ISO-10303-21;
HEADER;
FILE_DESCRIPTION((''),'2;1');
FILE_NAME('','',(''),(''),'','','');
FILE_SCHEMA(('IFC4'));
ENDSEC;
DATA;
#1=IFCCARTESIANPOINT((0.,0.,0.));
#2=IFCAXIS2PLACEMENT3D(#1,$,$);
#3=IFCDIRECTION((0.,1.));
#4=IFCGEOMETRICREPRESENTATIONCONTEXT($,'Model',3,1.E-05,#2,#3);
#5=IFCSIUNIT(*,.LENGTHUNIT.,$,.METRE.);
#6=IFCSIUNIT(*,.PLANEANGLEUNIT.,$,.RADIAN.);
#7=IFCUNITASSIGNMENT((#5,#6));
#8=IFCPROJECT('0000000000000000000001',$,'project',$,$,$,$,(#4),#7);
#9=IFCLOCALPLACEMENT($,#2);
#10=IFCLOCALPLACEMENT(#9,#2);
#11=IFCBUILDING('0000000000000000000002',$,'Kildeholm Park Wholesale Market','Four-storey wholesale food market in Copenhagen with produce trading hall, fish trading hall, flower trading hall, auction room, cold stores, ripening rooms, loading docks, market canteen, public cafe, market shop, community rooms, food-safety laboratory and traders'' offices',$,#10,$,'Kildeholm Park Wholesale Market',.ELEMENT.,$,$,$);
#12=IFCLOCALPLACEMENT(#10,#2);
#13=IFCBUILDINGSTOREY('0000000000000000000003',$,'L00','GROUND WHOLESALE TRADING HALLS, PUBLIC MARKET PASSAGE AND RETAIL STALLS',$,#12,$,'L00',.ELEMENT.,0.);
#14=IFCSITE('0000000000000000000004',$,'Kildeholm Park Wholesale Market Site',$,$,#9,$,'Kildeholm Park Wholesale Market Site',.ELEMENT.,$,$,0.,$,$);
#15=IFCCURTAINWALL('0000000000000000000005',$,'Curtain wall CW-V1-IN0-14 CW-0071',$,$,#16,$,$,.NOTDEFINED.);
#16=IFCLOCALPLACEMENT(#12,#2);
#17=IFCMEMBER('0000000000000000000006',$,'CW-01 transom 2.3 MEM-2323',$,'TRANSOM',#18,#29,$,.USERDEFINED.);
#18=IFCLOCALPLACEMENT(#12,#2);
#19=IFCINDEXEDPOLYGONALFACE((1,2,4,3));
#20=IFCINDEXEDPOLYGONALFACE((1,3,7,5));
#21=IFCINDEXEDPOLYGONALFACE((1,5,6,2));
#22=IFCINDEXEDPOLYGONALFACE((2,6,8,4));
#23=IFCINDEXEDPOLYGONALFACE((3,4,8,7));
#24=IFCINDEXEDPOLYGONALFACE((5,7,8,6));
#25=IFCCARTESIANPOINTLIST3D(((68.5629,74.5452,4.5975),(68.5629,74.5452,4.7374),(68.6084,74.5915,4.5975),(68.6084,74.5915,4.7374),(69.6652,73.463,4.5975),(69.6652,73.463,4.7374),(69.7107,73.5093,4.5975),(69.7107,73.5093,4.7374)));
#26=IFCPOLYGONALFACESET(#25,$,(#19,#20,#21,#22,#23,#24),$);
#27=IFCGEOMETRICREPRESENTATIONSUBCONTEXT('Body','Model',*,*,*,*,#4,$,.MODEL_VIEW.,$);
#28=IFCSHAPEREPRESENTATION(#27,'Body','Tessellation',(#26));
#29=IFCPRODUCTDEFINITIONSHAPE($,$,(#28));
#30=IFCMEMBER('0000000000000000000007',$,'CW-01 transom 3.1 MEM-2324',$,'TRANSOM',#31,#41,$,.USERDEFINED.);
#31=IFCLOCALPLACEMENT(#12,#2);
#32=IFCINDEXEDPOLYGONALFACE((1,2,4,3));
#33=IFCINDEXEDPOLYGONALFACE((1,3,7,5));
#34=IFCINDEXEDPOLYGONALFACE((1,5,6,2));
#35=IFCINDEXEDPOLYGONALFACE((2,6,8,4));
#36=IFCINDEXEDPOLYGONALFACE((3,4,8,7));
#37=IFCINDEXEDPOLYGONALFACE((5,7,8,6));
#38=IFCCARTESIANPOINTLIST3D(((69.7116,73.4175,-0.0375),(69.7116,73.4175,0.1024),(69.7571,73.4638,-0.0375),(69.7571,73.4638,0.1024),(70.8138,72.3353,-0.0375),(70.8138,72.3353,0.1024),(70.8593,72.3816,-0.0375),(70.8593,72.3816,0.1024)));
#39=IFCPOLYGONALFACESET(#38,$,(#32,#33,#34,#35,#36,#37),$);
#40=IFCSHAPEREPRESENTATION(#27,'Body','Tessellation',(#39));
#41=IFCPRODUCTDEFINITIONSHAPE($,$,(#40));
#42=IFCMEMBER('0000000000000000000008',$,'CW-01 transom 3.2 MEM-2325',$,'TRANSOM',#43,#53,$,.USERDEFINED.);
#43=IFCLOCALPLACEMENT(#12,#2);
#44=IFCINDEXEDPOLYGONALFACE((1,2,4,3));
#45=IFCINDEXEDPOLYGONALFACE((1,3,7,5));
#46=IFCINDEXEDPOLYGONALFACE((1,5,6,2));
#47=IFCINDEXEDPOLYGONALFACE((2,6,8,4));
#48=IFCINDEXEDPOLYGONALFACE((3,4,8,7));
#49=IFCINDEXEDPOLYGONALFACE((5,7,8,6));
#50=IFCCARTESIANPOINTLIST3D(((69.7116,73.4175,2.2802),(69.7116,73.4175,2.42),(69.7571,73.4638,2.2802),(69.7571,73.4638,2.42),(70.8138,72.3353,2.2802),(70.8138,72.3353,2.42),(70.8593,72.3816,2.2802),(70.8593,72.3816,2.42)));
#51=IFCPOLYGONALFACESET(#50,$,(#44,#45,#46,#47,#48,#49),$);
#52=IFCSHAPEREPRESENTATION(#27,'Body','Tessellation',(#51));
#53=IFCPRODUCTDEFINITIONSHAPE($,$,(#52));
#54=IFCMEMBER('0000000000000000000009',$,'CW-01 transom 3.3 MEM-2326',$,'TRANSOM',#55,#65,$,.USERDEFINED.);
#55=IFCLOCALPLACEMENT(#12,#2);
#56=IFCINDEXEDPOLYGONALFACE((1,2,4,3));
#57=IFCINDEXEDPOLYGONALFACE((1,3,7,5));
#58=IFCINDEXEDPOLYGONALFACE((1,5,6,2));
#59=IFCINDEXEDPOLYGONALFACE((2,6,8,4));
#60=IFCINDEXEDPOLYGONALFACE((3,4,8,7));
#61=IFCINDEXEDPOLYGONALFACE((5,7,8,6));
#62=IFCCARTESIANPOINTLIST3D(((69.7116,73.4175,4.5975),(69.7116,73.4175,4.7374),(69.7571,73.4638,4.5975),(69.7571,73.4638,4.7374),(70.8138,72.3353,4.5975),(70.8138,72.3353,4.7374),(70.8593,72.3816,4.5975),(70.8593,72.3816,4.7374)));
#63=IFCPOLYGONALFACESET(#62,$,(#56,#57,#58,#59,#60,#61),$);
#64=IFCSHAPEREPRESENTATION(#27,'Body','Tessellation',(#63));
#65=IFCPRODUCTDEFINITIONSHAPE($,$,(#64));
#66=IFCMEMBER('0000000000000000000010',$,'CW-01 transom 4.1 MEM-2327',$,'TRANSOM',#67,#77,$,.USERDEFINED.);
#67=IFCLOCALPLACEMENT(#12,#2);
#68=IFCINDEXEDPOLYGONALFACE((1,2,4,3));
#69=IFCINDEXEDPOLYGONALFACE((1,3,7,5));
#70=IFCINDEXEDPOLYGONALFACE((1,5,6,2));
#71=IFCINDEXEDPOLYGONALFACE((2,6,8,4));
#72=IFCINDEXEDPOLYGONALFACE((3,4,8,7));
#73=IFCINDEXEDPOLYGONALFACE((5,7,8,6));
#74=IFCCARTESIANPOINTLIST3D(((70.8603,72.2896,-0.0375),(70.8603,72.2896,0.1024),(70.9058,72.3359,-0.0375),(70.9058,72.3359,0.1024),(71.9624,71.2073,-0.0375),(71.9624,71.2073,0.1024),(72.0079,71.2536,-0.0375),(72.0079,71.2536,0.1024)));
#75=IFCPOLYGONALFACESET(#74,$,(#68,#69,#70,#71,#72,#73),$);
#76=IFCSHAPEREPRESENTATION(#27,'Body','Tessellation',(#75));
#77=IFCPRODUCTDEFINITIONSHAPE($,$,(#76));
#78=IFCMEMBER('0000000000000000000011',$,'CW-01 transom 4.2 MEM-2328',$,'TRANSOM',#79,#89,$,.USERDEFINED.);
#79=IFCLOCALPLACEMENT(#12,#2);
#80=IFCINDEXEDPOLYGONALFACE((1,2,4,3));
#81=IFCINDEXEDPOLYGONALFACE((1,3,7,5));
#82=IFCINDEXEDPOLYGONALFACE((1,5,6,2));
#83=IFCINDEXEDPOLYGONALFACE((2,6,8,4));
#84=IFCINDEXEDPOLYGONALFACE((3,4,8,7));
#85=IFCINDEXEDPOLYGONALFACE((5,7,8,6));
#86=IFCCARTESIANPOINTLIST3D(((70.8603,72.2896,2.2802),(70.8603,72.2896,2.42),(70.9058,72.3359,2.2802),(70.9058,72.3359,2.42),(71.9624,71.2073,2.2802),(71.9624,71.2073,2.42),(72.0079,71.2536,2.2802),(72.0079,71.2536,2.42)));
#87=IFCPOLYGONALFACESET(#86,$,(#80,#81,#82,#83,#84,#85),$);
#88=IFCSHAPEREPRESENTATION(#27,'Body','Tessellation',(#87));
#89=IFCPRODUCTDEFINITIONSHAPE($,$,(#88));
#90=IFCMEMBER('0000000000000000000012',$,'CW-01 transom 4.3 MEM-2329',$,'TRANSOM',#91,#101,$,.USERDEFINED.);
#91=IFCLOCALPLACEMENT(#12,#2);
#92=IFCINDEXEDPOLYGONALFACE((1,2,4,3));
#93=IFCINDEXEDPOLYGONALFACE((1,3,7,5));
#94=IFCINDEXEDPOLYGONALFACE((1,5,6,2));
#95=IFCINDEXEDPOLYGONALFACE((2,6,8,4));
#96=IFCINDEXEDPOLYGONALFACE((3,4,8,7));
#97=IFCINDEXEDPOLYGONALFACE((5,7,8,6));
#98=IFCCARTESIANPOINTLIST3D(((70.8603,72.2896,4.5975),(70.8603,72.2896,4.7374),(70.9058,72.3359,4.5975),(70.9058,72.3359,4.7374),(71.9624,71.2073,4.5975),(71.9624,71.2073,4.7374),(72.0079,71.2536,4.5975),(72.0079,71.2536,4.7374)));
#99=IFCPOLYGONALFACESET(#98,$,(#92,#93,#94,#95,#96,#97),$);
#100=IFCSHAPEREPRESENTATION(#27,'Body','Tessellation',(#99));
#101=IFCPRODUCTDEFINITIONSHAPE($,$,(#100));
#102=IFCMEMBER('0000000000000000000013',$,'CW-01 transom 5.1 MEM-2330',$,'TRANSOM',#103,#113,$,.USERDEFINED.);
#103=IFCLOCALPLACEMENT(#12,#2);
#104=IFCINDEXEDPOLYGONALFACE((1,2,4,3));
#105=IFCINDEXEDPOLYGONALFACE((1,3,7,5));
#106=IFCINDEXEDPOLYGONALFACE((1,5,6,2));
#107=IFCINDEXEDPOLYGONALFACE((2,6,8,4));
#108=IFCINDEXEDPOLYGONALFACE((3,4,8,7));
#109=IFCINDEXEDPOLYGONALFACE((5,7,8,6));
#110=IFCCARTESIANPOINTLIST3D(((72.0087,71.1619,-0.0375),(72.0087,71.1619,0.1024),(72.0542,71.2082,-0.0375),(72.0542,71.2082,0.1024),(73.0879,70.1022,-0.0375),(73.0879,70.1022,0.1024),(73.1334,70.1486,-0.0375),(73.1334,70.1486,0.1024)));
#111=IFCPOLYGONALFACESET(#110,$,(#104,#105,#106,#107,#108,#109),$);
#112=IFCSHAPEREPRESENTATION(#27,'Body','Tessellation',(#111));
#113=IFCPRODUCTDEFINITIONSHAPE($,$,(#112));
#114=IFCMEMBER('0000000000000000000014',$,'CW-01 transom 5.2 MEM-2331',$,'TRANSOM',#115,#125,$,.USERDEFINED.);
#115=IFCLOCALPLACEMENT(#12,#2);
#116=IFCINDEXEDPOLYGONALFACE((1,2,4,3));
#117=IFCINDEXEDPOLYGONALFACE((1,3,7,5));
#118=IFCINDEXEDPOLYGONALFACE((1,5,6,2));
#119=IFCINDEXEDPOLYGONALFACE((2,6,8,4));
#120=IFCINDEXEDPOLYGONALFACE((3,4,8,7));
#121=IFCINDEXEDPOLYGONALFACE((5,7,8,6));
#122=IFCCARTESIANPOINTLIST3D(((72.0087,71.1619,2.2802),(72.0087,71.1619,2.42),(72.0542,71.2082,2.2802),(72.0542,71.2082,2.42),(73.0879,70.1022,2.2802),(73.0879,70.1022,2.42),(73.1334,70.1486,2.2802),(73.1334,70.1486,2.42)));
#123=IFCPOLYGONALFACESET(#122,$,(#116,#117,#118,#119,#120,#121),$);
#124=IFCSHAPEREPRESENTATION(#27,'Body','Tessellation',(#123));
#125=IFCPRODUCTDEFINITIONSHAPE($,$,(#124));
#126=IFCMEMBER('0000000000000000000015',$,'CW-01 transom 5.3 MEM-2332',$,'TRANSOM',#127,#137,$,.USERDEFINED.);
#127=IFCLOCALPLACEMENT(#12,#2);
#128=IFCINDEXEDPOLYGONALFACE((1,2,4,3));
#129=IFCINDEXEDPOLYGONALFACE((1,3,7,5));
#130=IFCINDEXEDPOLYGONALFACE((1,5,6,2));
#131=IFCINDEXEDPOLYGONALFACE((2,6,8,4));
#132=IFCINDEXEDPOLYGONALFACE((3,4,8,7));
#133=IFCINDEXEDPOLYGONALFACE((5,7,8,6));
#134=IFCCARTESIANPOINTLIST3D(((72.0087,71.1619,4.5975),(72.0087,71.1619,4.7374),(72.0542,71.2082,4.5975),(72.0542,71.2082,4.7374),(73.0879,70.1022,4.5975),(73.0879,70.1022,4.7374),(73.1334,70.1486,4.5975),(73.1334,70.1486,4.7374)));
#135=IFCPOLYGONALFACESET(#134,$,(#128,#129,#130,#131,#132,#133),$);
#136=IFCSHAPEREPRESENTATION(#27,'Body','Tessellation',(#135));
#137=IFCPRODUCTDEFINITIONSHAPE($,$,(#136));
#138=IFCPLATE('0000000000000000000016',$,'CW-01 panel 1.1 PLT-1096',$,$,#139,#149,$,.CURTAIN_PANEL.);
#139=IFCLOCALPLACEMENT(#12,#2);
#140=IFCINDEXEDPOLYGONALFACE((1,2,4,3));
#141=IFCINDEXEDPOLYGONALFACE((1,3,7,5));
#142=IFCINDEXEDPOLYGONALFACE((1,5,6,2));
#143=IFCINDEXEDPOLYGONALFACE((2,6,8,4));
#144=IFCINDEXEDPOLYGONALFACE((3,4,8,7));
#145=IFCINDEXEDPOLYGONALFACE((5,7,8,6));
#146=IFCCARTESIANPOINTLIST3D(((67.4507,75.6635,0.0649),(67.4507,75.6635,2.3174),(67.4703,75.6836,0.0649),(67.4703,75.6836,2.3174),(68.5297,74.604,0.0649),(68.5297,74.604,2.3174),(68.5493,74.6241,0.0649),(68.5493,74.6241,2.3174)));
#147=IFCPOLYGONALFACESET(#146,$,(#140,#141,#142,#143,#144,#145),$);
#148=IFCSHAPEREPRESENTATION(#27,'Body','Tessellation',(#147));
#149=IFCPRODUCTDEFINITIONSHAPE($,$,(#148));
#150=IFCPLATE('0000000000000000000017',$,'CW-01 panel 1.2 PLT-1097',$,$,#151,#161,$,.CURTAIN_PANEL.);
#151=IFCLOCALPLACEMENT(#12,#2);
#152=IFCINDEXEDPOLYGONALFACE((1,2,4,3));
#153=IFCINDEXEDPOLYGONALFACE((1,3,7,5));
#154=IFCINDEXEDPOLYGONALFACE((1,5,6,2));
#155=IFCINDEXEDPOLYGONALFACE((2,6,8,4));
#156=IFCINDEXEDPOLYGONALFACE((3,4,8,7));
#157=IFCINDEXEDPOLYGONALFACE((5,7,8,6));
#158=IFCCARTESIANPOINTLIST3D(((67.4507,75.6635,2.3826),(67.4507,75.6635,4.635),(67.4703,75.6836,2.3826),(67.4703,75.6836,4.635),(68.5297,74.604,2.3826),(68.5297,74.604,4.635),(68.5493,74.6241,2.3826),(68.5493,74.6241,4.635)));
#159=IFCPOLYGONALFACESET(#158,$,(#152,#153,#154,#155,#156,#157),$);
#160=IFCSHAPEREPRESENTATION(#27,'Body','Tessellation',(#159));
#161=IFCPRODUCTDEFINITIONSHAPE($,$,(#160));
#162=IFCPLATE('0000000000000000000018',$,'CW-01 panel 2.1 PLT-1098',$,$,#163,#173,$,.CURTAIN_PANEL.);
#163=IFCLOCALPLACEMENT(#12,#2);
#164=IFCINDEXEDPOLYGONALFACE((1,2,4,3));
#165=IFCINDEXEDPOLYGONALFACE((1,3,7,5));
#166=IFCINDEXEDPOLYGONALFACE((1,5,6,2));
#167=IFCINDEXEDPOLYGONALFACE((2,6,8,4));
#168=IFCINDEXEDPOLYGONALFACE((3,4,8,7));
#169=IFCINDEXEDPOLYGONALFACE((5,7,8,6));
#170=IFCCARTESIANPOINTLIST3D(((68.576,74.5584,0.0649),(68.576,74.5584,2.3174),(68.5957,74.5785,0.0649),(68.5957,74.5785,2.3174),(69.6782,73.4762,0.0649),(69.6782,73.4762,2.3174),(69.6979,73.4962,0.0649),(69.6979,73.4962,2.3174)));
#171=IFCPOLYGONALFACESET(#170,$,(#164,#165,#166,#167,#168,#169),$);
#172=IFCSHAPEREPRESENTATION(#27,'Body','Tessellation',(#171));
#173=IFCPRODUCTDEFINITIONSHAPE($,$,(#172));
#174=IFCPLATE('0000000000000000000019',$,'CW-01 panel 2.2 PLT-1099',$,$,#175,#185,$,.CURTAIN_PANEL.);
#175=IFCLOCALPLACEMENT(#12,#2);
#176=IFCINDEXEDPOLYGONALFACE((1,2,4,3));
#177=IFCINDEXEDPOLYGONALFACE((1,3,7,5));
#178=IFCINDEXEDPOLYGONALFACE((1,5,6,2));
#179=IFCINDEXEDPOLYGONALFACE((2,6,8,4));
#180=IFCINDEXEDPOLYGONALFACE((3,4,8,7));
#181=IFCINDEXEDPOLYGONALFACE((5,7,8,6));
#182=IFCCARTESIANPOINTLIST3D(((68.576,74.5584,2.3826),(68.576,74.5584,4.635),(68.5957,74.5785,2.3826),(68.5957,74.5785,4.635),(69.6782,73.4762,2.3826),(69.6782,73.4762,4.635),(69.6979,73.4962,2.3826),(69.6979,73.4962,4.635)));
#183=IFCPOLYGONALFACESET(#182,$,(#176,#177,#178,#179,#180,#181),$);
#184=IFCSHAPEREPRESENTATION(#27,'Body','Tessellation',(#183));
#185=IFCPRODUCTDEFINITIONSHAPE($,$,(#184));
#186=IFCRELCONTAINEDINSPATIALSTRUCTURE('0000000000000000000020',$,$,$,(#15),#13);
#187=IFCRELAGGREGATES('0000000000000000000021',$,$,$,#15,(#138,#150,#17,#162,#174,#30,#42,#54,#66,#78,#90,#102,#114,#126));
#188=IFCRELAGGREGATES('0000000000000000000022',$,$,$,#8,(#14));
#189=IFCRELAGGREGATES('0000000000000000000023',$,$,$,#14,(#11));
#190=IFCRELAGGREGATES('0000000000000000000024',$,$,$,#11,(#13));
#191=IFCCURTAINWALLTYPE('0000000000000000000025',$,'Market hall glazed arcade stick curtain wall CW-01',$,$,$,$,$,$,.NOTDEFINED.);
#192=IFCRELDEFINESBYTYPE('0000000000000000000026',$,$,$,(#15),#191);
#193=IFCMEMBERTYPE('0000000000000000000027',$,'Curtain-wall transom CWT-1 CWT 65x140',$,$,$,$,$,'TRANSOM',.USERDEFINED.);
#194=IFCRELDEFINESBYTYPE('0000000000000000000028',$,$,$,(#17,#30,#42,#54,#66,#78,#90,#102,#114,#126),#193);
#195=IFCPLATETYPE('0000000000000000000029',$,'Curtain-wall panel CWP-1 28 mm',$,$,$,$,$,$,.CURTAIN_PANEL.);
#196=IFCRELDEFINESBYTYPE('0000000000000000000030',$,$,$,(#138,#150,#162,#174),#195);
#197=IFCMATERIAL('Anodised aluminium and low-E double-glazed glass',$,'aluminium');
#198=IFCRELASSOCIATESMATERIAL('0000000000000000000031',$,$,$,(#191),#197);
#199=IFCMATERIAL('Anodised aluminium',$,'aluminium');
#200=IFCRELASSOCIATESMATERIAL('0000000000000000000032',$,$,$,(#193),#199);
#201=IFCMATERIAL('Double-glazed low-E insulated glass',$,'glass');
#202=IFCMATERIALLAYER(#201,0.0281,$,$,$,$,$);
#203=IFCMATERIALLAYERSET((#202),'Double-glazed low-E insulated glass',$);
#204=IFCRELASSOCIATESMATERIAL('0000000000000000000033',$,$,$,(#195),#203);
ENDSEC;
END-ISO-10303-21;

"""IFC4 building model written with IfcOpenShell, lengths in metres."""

from ifc_helpers import new_model, si_unit, direction, frame, origin, origin_2d, place, context, subcontext, project, spatial, rectangle, extrude, material, layer, layer_set, material_profile, profile_set, type_object, element, aggregate, save


model = new_model("IFC4")

# Units and contexts
model_context = context("Model", 3, precision=1e-05, world=origin(), true_north=direction((0.0, 1.0)))
body_context = subcontext(model_context, "Body", "Model", "MODEL_VIEW")
ifc_project = project(units=[si_unit("LENGTHUNIT", "METRE"), si_unit("PLANEANGLEUNIT", "RADIAN")], contexts=[model_context])

# Site, building, storey
site_placement = place(None, origin())
site = spatial("IfcSite", under=ifc_project, at=site_placement, Name="Kildeholm Park Wholesale Market Site", LongName="Kildeholm Park Wholesale Market Site", CompositionType="ELEMENT", RefElevation=0.0)
building_placement = place(site_placement, origin())
building = spatial("IfcBuilding", under=site, at=building_placement, Name="Kildeholm Park Wholesale Market", Description="Four-storey wholesale food market in Copenhagen with produce trading hall, fish trading hall, flower trading hall, auction room, cold stores, ripening rooms, loading docks, market canteen, public cafe, market shop, community rooms, food-safety laboratory and traders' offices", LongName="Kildeholm Park Wholesale Market", CompositionType="ELEMENT")
storey_placement = place(building_placement, origin())
storey = spatial("IfcBuildingStorey", under=building, at=storey_placement, Name="L00", Description="GROUND WHOLESALE TRADING HALLS, PUBLIC MARKET PASSAGE AND RETAIL STALLS", LongName="L00", CompositionType="ELEMENT", Elevation=0.0)

# Curtain wall, members, plates
ifc_material_1 = material(Name="Anodised aluminium and low-E double-glazed glass", Category="aluminium")
curtain_wall_type = type_object("IfcCurtainWallType", Name="Market hall glazed arcade stick curtain wall CW-01", PredefinedType="NOTDEFINED", material=ifc_material_1)
curtain_wall_placement = place(storey_placement, origin())
curtain_wall = element("IfcCurtainWall", 1, at=curtain_wall_placement, inside=storey, type_object=curtain_wall_type, Name="Curtain wall CW-V1-IN0-14 CW-0071", PredefinedType="NOTDEFINED")
ifc_material_2 = material(Name="Anodised aluminium", Category="aluminium")
ifc_material_profile_1 = material_profile(ifc_material_2, rectangle(XDim=0.0649, YDim=0.1399, at=origin_2d()), Name="CWT 65x140")
ifc_profile_set_1 = profile_set([ifc_material_profile_1], Name="Anodised aluminium")
member_type_1 = type_object("IfcMemberType", Name="Curtain-wall transom CWT-1 CWT 65x140", ElementType="TRANSOM", PredefinedType="USERDEFINED", material=ifc_profile_set_1)
member_1_placement = place(storey_placement, frame((68.5857, 74.5684, 4.6675), z_axis=(0.713557, -0.700597, 0.0), x_axis=(0.700597, 0.713557, 0.0)))
member_1 = element("IfcMember", 2, at=member_1_placement, type_object=member_type_1, Name="CW-01 transom 2.3 MEM-2323", ObjectType="TRANSOM", PredefinedType="USERDEFINED", context=body_context, shape_type="SweptSolid", body=[
    extrude(rectangle(XDim=0.0649, YDim=0.1399, at=origin_2d()), origin(), (0.0, 0.0, 1.0), 1.5447),
])
member_2_placement = place(storey_placement, frame((69.7344, 73.4407, 0.0325), z_axis=(0.713557, -0.700597, 0.0), x_axis=(0.700597, 0.713557, 0.0)))
member_2 = element("IfcMember", 3, at=member_2_placement, type_object=member_type_1, Name="CW-01 transom 3.1 MEM-2324", ObjectType="TRANSOM", PredefinedType="USERDEFINED", context=body_context, shape_type="SweptSolid", body=[
    extrude(rectangle(XDim=0.0649, YDim=0.1399, at=origin_2d()), origin(), (0.0, 0.0, 1.0), 1.5447),
])
member_3_placement = place(storey_placement, frame((69.7344, 73.4407, 2.3501), z_axis=(0.713557, -0.700597, 0.0), x_axis=(0.700597, 0.713557, 0.0)))
member_3 = element("IfcMember", 4, at=member_3_placement, type_object=member_type_1, Name="CW-01 transom 3.2 MEM-2325", ObjectType="TRANSOM", PredefinedType="USERDEFINED", context=body_context, shape_type="SweptSolid", body=[
    extrude(rectangle(XDim=0.0649, YDim=0.1399, at=origin_2d()), origin(), (0.0, 0.0, 1.0), 1.5447),
])
member_4_placement = place(storey_placement, frame((69.7344, 73.4407, 4.6675), z_axis=(0.713557, -0.700597, 0.0), x_axis=(0.700597, 0.713557, 0.0)))
member_4 = element("IfcMember", 5, at=member_4_placement, type_object=member_type_1, Name="CW-01 transom 3.3 MEM-2326", ObjectType="TRANSOM", PredefinedType="USERDEFINED", context=body_context, shape_type="SweptSolid", body=[
    extrude(rectangle(XDim=0.0649, YDim=0.1399, at=origin_2d()), origin(), (0.0, 0.0, 1.0), 1.5447),
])
member_5_placement = place(storey_placement, frame((70.8831, 72.3127, 0.0325), z_axis=(0.713479, -0.700676, 0.0), x_axis=(0.700676, 0.713479, 0.0)))
member_5 = element("IfcMember", 6, at=member_5_placement, type_object=member_type_1, Name="CW-01 transom 4.1 MEM-2327", ObjectType="TRANSOM", PredefinedType="USERDEFINED", context=body_context, shape_type="SweptSolid", body=[
    extrude(rectangle(XDim=0.0649, YDim=0.1399, at=origin_2d()), origin(), (0.0, 0.0, 1.0), 1.5447),
])
member_6_placement = place(storey_placement, frame((70.8831, 72.3127, 2.3501), z_axis=(0.713479, -0.700676, 0.0), x_axis=(0.700676, 0.713479, 0.0)))
member_6 = element("IfcMember", 7, at=member_6_placement, type_object=member_type_1, Name="CW-01 transom 4.2 MEM-2328", ObjectType="TRANSOM", PredefinedType="USERDEFINED", context=body_context, shape_type="SweptSolid", body=[
    extrude(rectangle(XDim=0.0649, YDim=0.1399, at=origin_2d()), origin(), (0.0, 0.0, 1.0), 1.5447),
])
member_7_placement = place(storey_placement, frame((70.8831, 72.3127, 4.6675), z_axis=(0.713479, -0.700676, 0.0), x_axis=(0.700676, 0.713479, 0.0)))
member_7 = element("IfcMember", 8, at=member_7_placement, type_object=member_type_1, Name="CW-01 transom 4.3 MEM-2329", ObjectType="TRANSOM", PredefinedType="USERDEFINED", context=body_context, shape_type="SweptSolid", body=[
    extrude(rectangle(XDim=0.0649, YDim=0.1399, at=origin_2d()), origin(), (0.0, 0.0, 1.0), 1.5447),
])
member_8_placement = place(storey_placement, frame((72.0315, 71.1851, 0.0325), z_axis=(0.713535, -0.70062, 0.0), x_axis=(0.70062, 0.713535, 0.0)))
member_8 = element("IfcMember", 9, at=member_8_placement, type_object=member_type_1, Name="CW-01 transom 5.1 MEM-2330", ObjectType="TRANSOM", PredefinedType="USERDEFINED", context=body_context, shape_type="SweptSolid", body=[
    extrude(rectangle(XDim=0.0649, YDim=0.1399, at=origin_2d()), origin(), (0.0, 0.0, 1.0), 1.5125),
])
member_9_placement = place(storey_placement, frame((72.0315, 71.1851, 2.3501), z_axis=(0.713535, -0.70062, 0.0), x_axis=(0.70062, 0.713535, 0.0)))
member_9 = element("IfcMember", 10, at=member_9_placement, type_object=member_type_1, Name="CW-01 transom 5.2 MEM-2331", ObjectType="TRANSOM", PredefinedType="USERDEFINED", context=body_context, shape_type="SweptSolid", body=[
    extrude(rectangle(XDim=0.0649, YDim=0.1399, at=origin_2d()), origin(), (0.0, 0.0, 1.0), 1.5125),
])
member_10_placement = place(storey_placement, frame((72.0315, 71.1851, 4.6675), z_axis=(0.713535, -0.70062, 0.0), x_axis=(0.70062, 0.713535, 0.0)))
member_10 = element("IfcMember", 11, at=member_10_placement, type_object=member_type_1, Name="CW-01 transom 5.3 MEM-2332", ObjectType="TRANSOM", PredefinedType="USERDEFINED", context=body_context, shape_type="SweptSolid", body=[
    extrude(rectangle(XDim=0.0649, YDim=0.1399, at=origin_2d()), origin(), (0.0, 0.0, 1.0), 1.5125),
])
ifc_material_3 = material(Name="Double-glazed low-E insulated glass", Category="glass")
ifc_layer_1 = layer(ifc_material_3, 0.0281)
ifc_layer_set_1 = layer_set([ifc_layer_1], Name="Double-glazed low-E insulated glass")
plate_type = type_object("IfcPlateType", Name="Curtain-wall panel CWP-1 28 mm", PredefinedType="CURTAIN_PANEL", material=ifc_layer_set_1)
plate_1_placement = place(storey_placement, frame((68.0, 75.1438, 0.0649), z_axis=(0.0, 0.0, 1.0), x_axis=(0.713538, -0.700617, 0.0)))
plate_1 = element("IfcPlate", 12, at=plate_1_placement, type_object=plate_type, Name="CW-01 panel 1.1 PLT-1096", PredefinedType="CURTAIN_PANEL", context=body_context, shape_type="SweptSolid", body=[
    extrude(rectangle(XDim=1.5122, YDim=0.0281, at=origin_2d()), origin(), (0.0, 0.0, 1.0), 2.2524),
])
plate_2_placement = place(storey_placement, frame((68.0, 75.1438, 2.3826), z_axis=(0.0, 0.0, 1.0), x_axis=(0.713538, -0.700617, 0.0)))
plate_2 = element("IfcPlate", 13, at=plate_2_placement, type_object=plate_type, Name="CW-01 panel 1.2 PLT-1097", PredefinedType="CURTAIN_PANEL", context=body_context, shape_type="SweptSolid", body=[
    extrude(rectangle(XDim=1.5122, YDim=0.0281, at=origin_2d()), origin(), (0.0, 0.0, 1.0), 2.2524),
])
plate_3_placement = place(storey_placement, frame((69.137, 74.0273, 0.0649), z_axis=(0.0, 0.0, 1.0), x_axis=(0.713538, -0.700617, 0.0)))
plate_3 = element("IfcPlate", 14, at=plate_3_placement, type_object=plate_type, Name="CW-01 panel 2.1 PLT-1098", PredefinedType="CURTAIN_PANEL", context=body_context, shape_type="SweptSolid", body=[
    extrude(rectangle(XDim=1.5447, YDim=0.0281, at=origin_2d()), origin(), (0.0, 0.0, 1.0), 2.2524),
])
plate_4_placement = place(storey_placement, frame((69.137, 74.0273, 2.3826), z_axis=(0.0, 0.0, 1.0), x_axis=(0.713538, -0.700617, 0.0)))
plate_4 = element("IfcPlate", 15, at=plate_4_placement, type_object=plate_type, Name="CW-01 panel 2.2 PLT-1099", PredefinedType="CURTAIN_PANEL", context=body_context, shape_type="SweptSolid", body=[
    extrude(rectangle(XDim=1.5447, YDim=0.0281, at=origin_2d()), origin(), (0.0, 0.0, 1.0), 2.2524),
])
aggregate(curtain_wall, [plate_1, plate_2, member_1, plate_3, plate_4, member_2, member_3, member_4, member_5, member_6, member_7, member_8, member_9, member_10])

save(model, "model.ifc")
